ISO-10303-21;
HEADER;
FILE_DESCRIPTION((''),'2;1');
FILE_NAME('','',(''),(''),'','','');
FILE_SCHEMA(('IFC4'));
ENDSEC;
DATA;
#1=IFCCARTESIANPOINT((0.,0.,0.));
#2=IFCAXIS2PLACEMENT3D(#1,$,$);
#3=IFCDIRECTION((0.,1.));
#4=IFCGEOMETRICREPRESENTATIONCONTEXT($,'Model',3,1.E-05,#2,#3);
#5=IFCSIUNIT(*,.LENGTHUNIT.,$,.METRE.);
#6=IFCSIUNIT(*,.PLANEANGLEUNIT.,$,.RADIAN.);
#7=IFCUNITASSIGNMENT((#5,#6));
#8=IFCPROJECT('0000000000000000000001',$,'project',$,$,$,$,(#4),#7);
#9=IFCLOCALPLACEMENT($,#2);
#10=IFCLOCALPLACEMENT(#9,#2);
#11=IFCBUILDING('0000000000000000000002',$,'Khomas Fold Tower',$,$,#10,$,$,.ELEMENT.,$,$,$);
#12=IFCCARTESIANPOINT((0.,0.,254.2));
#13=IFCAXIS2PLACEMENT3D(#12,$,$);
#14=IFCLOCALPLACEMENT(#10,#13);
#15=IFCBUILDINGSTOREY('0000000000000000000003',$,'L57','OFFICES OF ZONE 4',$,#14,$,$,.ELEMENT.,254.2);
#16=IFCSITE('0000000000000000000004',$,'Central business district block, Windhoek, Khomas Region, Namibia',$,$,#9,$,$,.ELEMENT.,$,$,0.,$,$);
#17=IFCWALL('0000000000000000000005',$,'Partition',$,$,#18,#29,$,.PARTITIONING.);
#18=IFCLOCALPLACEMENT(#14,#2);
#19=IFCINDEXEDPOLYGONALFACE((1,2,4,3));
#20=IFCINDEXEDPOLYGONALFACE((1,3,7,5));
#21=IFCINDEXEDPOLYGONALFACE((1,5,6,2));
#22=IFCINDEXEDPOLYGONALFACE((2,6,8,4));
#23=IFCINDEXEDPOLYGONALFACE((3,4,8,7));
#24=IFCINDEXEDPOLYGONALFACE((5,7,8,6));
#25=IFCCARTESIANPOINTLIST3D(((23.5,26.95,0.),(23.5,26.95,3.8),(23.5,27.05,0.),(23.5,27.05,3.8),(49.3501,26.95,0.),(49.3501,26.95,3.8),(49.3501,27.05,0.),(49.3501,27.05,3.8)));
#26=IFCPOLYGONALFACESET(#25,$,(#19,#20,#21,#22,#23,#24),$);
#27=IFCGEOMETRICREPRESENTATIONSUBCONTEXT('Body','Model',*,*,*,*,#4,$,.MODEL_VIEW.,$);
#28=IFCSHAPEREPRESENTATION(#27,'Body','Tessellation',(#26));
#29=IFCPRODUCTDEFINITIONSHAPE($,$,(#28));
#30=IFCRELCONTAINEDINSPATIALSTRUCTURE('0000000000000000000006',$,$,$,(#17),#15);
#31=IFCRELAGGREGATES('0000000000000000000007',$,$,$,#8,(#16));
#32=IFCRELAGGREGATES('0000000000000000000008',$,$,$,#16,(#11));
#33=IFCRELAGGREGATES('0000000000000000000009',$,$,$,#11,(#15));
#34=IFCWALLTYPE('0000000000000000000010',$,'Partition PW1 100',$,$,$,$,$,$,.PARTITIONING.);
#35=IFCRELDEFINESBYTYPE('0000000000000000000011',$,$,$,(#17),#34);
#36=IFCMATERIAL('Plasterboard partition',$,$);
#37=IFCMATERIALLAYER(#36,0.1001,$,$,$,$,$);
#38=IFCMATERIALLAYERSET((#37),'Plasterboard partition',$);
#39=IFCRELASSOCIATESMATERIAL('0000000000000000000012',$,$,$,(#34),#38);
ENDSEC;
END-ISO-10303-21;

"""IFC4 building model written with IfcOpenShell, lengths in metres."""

from ifc_helpers import new_model, si_unit, direction, frame, frame_2d, origin, place, context, subcontext, project, spatial, rectangle, extrude, source, transform, mapped, material, layer, layer_set, type_object, element, save


model = new_model("IFC4")

# Units and contexts
model_context = context("Model", 3, precision=1e-05, world=origin(), true_north=direction((0.0, 1.0)))
body_context = subcontext(model_context, "Body", "Model", "MODEL_VIEW")
ifc_project = project(units=[si_unit("LENGTHUNIT", "METRE"), si_unit("PLANEANGLEUNIT", "RADIAN")], contexts=[model_context])

# Site, building, storey
site_placement = place(None, origin())
site = spatial("IfcSite", under=ifc_project, at=site_placement, Name="Central business district block, Windhoek, Khomas Region, Namibia", CompositionType="ELEMENT", RefElevation=0.0)
building_placement = place(site_placement, origin())
building = spatial("IfcBuilding", under=site, at=building_placement, Name="Khomas Fold Tower", CompositionType="ELEMENT")
storey_placement = place(building_placement, frame((0.0, 0.0, 254.2)))
storey = spatial("IfcBuildingStorey", under=building, at=storey_placement, Name="L57", Description="OFFICES OF ZONE 4", CompositionType="ELEMENT", Elevation=254.2)

# Wall
ifc_material_1 = material(Name="Plasterboard partition")
ifc_layer_1 = layer(ifc_material_1, 0.1001)
ifc_layer_set_1 = layer_set([ifc_layer_1], Name="Plasterboard partition")
wall_type_1 = type_object("IfcWallType", Name="Partition PW1 100", PredefinedType="PARTITIONING", material=ifc_layer_set_1)
shared_shape_1 = source(origin(), body_context, "Body", "SweptSolid", [
    extrude(rectangle(XDim=25.8501, YDim=0.1001, at=frame_2d((12.925, 0.0))), origin(), (0.0, 0.0, 1.0), 3.8),
])
wall_1_placement = place(storey_placement, frame((23.5, 27.0, 0.0), z_axis=(0.0, 0.0, 1.0), x_axis=(1.0, 0.0, 0.0)))
element("IfcWall", 1, at=wall_1_placement, inside=storey, type_object=wall_type_1, Name="Partition", PredefinedType="PARTITIONING", context=body_context, shape_type="MappedRepresentation", body=[
    mapped(shared_shape_1, transform((0.0, 0.0, 0.0))),
])

save(model, "model.ifc")
